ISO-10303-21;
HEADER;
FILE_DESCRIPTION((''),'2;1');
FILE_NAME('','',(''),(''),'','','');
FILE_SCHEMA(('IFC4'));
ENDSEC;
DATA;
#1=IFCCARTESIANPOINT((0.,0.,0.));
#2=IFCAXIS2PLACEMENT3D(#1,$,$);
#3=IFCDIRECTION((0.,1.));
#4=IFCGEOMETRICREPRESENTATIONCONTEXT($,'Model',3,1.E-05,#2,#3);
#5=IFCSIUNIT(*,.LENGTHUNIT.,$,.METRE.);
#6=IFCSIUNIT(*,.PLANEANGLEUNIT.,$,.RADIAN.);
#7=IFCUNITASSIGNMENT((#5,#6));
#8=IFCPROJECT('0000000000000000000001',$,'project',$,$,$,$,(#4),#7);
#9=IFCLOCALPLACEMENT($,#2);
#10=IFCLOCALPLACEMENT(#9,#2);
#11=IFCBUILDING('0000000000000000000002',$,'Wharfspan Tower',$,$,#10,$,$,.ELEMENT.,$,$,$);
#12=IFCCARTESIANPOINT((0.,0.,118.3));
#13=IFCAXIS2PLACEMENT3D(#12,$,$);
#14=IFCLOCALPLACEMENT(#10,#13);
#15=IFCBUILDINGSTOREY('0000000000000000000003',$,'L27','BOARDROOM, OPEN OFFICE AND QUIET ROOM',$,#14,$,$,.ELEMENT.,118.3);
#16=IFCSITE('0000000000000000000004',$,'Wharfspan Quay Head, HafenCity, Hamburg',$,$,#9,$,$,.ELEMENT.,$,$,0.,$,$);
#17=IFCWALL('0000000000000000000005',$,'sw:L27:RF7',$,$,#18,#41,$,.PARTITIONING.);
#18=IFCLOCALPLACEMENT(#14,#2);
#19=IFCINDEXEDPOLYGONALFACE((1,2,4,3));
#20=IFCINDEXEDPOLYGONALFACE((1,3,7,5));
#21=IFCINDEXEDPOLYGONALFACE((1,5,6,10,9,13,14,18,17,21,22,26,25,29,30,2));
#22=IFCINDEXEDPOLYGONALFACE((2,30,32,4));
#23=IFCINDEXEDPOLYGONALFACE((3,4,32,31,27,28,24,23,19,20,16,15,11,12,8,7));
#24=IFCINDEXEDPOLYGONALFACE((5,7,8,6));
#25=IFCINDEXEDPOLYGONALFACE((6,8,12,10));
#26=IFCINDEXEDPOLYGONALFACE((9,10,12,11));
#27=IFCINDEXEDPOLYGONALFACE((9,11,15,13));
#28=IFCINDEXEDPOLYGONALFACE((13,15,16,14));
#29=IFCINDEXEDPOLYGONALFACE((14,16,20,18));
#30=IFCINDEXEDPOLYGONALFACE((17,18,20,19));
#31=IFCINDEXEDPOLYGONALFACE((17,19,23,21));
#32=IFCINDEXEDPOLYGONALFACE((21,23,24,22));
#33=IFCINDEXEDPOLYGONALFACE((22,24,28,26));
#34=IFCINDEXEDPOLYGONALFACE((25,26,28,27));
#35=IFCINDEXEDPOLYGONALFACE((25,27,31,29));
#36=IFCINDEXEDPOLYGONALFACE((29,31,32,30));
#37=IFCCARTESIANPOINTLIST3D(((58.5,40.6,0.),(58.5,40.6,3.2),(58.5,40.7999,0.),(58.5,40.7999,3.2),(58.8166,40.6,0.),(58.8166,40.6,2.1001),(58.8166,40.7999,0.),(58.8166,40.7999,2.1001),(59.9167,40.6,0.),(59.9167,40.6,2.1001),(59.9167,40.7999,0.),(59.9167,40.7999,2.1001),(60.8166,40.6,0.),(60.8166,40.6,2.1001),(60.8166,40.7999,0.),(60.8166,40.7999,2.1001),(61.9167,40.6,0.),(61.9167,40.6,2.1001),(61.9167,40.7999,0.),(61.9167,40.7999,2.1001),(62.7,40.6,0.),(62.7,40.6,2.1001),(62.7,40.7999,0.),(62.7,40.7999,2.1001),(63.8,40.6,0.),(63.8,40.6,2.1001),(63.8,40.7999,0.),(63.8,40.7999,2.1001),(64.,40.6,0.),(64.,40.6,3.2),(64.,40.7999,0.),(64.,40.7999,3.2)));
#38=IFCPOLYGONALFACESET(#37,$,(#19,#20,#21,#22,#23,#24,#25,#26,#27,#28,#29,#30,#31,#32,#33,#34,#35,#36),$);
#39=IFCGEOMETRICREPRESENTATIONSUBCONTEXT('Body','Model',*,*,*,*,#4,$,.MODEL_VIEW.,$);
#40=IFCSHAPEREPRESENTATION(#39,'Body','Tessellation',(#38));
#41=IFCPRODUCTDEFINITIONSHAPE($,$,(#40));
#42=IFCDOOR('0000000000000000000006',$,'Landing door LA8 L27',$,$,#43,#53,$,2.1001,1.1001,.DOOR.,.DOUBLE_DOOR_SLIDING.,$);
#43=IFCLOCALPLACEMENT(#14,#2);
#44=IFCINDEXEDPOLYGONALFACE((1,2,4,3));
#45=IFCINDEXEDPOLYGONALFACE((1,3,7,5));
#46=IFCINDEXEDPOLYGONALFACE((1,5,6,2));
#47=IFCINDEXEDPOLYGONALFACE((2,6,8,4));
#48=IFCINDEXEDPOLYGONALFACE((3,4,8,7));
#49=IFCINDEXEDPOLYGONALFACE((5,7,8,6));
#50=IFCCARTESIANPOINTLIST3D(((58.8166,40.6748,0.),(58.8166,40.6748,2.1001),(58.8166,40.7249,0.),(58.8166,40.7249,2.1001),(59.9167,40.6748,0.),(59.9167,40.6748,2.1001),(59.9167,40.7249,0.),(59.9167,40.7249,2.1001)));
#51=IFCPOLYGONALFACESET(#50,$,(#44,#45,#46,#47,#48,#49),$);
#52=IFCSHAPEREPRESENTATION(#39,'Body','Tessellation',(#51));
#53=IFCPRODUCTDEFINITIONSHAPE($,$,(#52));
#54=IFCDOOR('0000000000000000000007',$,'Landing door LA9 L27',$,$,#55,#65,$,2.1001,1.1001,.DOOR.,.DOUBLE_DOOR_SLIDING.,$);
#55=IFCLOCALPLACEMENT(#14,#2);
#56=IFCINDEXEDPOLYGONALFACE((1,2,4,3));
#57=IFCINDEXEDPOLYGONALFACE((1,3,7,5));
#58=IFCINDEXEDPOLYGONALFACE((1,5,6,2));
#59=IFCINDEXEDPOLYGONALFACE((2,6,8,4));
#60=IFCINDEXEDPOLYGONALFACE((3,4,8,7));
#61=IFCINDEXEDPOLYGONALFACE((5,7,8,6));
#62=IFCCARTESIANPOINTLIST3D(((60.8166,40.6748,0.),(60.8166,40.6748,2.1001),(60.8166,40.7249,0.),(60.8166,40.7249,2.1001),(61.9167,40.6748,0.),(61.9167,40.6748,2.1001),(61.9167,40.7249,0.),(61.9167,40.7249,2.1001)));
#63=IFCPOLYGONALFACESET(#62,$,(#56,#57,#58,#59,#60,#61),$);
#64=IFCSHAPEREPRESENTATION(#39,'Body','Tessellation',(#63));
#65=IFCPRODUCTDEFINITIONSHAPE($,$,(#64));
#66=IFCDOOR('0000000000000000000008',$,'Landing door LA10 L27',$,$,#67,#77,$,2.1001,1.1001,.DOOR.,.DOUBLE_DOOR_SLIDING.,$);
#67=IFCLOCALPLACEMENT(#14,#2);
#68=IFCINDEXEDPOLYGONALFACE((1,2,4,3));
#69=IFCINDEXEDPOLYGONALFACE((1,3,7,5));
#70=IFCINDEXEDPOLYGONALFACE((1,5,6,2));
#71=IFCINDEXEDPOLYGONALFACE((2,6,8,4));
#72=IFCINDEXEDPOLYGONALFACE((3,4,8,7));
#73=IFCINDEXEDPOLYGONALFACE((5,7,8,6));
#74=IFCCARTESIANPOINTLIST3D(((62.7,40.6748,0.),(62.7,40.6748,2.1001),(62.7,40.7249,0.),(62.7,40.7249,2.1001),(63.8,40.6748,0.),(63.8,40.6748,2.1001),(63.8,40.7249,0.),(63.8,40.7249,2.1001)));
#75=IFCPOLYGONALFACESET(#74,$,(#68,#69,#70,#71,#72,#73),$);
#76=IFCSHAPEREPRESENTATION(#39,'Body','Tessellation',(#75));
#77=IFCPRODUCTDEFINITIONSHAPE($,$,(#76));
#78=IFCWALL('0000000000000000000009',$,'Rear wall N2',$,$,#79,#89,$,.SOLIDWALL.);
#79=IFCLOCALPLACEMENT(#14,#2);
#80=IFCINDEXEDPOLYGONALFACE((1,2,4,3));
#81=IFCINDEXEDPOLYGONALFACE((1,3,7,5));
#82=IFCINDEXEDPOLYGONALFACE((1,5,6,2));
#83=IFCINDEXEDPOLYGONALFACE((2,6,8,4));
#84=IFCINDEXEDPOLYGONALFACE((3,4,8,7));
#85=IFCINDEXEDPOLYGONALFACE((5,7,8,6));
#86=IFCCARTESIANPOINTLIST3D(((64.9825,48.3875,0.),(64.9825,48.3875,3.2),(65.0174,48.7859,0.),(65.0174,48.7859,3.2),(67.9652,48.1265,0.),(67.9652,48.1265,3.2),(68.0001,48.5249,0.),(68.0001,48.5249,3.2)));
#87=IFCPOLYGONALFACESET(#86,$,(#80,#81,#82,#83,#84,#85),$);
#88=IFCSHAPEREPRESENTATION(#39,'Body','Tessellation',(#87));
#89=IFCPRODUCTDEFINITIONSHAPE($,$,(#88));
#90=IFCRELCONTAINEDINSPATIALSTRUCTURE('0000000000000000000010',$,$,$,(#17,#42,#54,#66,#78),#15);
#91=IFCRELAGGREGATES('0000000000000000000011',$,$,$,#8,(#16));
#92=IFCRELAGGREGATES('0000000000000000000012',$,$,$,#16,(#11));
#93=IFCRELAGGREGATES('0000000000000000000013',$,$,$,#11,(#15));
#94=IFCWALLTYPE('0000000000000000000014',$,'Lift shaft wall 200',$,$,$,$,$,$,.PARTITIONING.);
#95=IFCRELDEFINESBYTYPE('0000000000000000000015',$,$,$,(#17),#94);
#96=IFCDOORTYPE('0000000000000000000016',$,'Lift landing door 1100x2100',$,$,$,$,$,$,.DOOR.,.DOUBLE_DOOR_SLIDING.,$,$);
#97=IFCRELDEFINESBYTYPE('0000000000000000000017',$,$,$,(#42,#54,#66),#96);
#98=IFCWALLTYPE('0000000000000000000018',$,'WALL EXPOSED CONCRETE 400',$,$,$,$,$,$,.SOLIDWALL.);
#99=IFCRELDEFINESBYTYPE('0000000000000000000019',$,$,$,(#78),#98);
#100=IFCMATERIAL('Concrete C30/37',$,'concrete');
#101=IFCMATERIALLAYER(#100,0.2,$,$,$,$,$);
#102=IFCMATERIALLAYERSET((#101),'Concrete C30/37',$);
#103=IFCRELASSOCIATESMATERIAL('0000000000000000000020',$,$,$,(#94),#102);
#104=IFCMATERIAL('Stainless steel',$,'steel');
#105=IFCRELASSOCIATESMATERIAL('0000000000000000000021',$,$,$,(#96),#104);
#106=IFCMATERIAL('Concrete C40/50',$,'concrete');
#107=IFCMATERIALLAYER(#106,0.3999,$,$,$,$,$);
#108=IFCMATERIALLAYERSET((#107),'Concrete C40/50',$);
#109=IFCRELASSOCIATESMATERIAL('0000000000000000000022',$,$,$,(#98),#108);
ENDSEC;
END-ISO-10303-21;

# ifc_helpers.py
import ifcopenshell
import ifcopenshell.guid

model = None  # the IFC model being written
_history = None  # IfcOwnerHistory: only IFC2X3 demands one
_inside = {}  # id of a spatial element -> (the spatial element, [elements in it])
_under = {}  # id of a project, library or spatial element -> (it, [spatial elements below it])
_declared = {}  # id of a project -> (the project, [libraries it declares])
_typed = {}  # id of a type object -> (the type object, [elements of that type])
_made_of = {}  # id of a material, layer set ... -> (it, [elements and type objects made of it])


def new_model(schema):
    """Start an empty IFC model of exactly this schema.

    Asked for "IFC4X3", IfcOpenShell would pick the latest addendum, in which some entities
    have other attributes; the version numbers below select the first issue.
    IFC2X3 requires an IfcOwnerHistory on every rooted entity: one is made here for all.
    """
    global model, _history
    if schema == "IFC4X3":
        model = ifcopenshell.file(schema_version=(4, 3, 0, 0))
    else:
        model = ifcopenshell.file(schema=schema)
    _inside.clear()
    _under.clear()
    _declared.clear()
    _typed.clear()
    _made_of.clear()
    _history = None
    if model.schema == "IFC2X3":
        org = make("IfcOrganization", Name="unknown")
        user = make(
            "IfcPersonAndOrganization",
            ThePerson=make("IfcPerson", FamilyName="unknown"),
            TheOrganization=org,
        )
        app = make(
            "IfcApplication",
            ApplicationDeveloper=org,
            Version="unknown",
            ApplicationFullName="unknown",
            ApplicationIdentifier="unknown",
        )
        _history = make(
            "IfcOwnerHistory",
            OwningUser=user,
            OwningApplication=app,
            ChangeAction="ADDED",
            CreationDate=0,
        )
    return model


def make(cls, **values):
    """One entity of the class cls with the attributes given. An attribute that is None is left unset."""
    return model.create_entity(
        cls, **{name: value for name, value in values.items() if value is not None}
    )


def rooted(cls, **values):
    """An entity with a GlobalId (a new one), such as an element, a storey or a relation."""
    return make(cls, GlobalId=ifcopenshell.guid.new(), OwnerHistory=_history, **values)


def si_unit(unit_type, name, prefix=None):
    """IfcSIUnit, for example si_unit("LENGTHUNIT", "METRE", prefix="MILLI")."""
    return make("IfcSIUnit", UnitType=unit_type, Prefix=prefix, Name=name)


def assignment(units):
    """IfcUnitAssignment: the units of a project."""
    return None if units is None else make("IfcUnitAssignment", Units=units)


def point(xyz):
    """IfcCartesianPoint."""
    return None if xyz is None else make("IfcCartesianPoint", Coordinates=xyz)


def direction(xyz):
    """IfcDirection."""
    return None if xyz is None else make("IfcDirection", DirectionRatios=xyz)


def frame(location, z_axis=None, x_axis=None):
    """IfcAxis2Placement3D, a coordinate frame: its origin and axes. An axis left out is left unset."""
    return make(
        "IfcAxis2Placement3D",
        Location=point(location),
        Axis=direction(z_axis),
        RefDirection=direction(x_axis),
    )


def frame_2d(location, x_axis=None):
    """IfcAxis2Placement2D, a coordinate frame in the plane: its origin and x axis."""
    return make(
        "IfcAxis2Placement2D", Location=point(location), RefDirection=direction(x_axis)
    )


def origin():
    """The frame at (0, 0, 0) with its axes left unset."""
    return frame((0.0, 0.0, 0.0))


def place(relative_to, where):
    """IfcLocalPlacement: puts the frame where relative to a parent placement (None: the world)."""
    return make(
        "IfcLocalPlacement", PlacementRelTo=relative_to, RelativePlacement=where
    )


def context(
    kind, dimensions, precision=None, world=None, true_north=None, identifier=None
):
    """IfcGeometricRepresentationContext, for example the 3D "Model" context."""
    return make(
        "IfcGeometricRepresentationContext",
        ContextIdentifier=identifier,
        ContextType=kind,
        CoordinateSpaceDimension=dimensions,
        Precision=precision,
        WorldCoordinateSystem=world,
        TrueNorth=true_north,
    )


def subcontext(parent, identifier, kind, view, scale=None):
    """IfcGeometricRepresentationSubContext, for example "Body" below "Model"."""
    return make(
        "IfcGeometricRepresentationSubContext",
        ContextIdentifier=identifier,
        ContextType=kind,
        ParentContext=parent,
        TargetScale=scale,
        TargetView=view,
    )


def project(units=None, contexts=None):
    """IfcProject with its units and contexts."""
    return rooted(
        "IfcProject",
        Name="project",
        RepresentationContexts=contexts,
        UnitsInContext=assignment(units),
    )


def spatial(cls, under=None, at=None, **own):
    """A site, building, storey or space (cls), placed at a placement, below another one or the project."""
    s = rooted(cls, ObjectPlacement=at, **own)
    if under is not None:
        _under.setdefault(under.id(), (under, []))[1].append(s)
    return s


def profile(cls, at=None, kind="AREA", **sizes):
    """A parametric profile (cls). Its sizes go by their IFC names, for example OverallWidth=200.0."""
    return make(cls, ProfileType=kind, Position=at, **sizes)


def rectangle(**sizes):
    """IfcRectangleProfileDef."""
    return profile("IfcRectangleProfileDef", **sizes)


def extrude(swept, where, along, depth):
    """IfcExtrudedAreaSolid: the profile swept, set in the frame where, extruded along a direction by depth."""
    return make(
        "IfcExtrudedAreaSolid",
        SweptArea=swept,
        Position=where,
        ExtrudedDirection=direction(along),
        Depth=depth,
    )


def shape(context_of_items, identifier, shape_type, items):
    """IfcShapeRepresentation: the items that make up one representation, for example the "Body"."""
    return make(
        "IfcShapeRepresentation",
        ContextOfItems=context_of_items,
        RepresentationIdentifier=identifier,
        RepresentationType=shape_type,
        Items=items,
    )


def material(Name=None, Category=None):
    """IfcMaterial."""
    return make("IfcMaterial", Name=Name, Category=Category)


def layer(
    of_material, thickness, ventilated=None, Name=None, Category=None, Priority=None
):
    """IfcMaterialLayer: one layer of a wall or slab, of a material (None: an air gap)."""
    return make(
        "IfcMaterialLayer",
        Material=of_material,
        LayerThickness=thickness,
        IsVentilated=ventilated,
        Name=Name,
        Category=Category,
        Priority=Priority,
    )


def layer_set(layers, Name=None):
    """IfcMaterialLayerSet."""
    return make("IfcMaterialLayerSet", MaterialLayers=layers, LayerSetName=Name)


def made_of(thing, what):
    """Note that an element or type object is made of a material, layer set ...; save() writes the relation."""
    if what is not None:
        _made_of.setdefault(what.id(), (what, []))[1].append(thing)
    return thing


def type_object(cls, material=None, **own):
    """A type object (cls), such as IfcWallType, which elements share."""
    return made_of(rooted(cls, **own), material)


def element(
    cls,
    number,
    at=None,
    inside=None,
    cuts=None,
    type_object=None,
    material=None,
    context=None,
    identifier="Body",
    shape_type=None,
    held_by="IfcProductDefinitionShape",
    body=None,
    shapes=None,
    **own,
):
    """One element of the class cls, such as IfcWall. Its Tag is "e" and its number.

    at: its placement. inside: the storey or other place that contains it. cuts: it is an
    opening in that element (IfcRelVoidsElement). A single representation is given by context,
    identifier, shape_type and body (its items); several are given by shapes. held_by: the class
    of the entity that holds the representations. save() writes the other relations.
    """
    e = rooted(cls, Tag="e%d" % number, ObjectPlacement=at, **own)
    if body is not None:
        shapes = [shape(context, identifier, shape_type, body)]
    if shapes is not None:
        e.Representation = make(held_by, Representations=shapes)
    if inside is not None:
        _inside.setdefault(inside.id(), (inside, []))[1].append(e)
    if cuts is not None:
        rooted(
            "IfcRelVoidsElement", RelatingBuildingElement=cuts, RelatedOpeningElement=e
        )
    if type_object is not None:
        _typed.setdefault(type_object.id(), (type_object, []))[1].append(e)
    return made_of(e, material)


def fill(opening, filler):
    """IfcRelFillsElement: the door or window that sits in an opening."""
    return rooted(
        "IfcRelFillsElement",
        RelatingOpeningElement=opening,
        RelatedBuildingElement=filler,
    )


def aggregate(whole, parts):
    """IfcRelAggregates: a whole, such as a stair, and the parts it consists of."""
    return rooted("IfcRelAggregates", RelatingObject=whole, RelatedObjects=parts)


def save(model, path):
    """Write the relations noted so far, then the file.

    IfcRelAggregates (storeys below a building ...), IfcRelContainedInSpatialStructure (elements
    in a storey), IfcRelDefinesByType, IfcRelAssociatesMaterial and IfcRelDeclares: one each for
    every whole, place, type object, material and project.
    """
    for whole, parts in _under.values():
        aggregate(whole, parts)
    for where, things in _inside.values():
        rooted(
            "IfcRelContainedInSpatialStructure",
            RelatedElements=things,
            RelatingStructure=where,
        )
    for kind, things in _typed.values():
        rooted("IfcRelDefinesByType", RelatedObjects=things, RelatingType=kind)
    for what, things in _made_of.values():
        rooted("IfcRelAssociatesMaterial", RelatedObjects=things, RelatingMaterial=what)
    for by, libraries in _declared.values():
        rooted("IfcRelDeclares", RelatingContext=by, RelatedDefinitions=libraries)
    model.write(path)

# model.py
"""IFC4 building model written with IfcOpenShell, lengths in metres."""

from ifc_helpers import new_model, si_unit, direction, frame, frame_2d, origin, place, context, subcontext, project, spatial, rectangle, extrude, material, layer, layer_set, type_object, element, fill, save


model = new_model("IFC4")

# Units and contexts
model_context = context("Model", 3, precision=1e-05, world=origin(), true_north=direction((0.0, 1.0)))
body_context = subcontext(model_context, "Body", "Model", "MODEL_VIEW")
ifc_project = project(units=[si_unit("LENGTHUNIT", "METRE"), si_unit("PLANEANGLEUNIT", "RADIAN")], contexts=[model_context])

# Site, building, storey
site_placement = place(None, origin())
site = spatial("IfcSite", under=ifc_project, at=site_placement, Name="Wharfspan Quay Head, HafenCity, Hamburg", CompositionType="ELEMENT", RefElevation=0.0)
building_placement = place(site_placement, origin())
building = spatial("IfcBuilding", under=site, at=building_placement, Name="Wharfspan Tower", CompositionType="ELEMENT")
storey_placement = place(building_placement, frame((0.0, 0.0, 118.3)))
storey = spatial("IfcBuildingStorey", under=building, at=storey_placement, Name="L27", Description="BOARDROOM, OPEN OFFICE AND QUIET ROOM", CompositionType="ELEMENT", Elevation=118.3)

# Shared definitions
ifc_material_1 = material(Name="Concrete C30/37", Category="concrete")
ifc_layer_1 = layer(ifc_material_1, 0.2)
ifc_layer_set_1 = layer_set([ifc_layer_1], Name="Concrete C30/37")
wall_type_1 = type_object("IfcWallType", Name="Lift shaft wall 200", PredefinedType="PARTITIONING", material=ifc_layer_set_1)

# Wall, openings, doors
wall_1_placement = place(storey_placement, frame((58.5, 40.7, 0.0), z_axis=(0.0, 0.0, 1.0), x_axis=(1.0, 0.0, 0.0)))
wall_1 = element("IfcWall", 1, at=wall_1_placement, inside=storey, type_object=wall_type_1, Name="sw:L27:RF7", PredefinedType="PARTITIONING", context=body_context, shape_type="SweptSolid", body=[
    extrude(rectangle(XDim=5.5, YDim=0.2, at=frame_2d((2.75, 0.0))), origin(), (0.0, 0.0, 1.0), 3.2),
])
opening_1_placement = place(wall_1_placement, frame((0.3166, 0.0, 0.0)))
opening_1 = element("IfcOpeningElement", 2, at=opening_1_placement, cuts=wall_1, PredefinedType="OPENING", context=body_context, shape_type="SweptSolid", body=[
    extrude(rectangle(XDim=1.1001, YDim=2.1001, at=frame_2d((0.55, 1.05))), frame((0.0, 0.1099, 0.0), z_axis=(0.0, -1.0, 0.0), x_axis=(1.0, 0.0, 0.0)), (0.0, 0.0, 1.0), 0.22),
])
opening_2_placement = place(wall_1_placement, frame((2.3167, 0.0, 0.0)))
opening_2 = element("IfcOpeningElement", 3, at=opening_2_placement, cuts=wall_1, PredefinedType="OPENING", context=body_context, shape_type="SweptSolid", body=[
    extrude(rectangle(XDim=1.1001, YDim=2.1001, at=frame_2d((0.55, 1.05))), frame((0.0, 0.1099, 0.0), z_axis=(0.0, -1.0, 0.0), x_axis=(1.0, 0.0, 0.0)), (0.0, 0.0, 1.0), 0.22),
])
opening_3_placement = place(wall_1_placement, frame((4.2, 0.0, 0.0)))
opening_3 = element("IfcOpeningElement", 4, at=opening_3_placement, cuts=wall_1, PredefinedType="OPENING", context=body_context, shape_type="SweptSolid", body=[
    extrude(rectangle(XDim=1.1001, YDim=2.1001, at=frame_2d((0.55, 1.05))), frame((0.0, 0.1099, 0.0), z_axis=(0.0, -1.0, 0.0), x_axis=(1.0, 0.0, 0.0)), (0.0, 0.0, 1.0), 0.22),
])
ifc_material_2 = material(Name="Stainless steel", Category="steel")
door_type_1 = type_object("IfcDoorType", Name="Lift landing door 1100x2100", OperationType="DOUBLE_DOOR_SLIDING", PredefinedType="DOOR", material=ifc_material_2)
door_1_placement = place(opening_1_placement, origin())
door_1 = element("IfcDoor", 5, at=door_1_placement, inside=storey, type_object=door_type_1, Name="Landing door LA8 L27", OperationType="DOUBLE_DOOR_SLIDING", OverallHeight=2.1001, OverallWidth=1.1001, PredefinedType="DOOR", context=body_context, shape_type="SweptSolid", body=[
    extrude(rectangle(XDim=1.1001, YDim=2.1001, at=frame_2d((0.55, 1.05))), frame((0.0, 0.0249, 0.0), z_axis=(0.0, -1.0, 0.0), x_axis=(1.0, 0.0, 0.0)), (0.0, 0.0, 1.0), 0.05),
])
fill(opening_1, door_1)
door_2_placement = place(opening_2_placement, origin())
door_2 = element("IfcDoor", 6, at=door_2_placement, inside=storey, type_object=door_type_1, Name="Landing door LA9 L27", OperationType="DOUBLE_DOOR_SLIDING", OverallHeight=2.1001, OverallWidth=1.1001, PredefinedType="DOOR", context=body_context, shape_type="SweptSolid", body=[
    extrude(rectangle(XDim=1.1001, YDim=2.1001, at=frame_2d((0.55, 1.05))), frame((0.0, 0.0249, 0.0), z_axis=(0.0, -1.0, 0.0), x_axis=(1.0, 0.0, 0.0)), (0.0, 0.0, 1.0), 0.05),
])
fill(opening_2, door_2)
door_3_placement = place(opening_3_placement, origin())
door_3 = element("IfcDoor", 7, at=door_3_placement, inside=storey, type_object=door_type_1, Name="Landing door LA10 L27", OperationType="DOUBLE_DOOR_SLIDING", OverallHeight=2.1001, OverallWidth=1.1001, PredefinedType="DOOR", context=body_context, shape_type="SweptSolid", body=[
    extrude(rectangle(XDim=1.1001, YDim=2.1001, at=frame_2d((0.55, 1.05))), frame((0.0, 0.0249, 0.0), z_axis=(0.0, -1.0, 0.0), x_axis=(1.0, 0.0, 0.0)), (0.0, 0.0, 1.0), 0.05),
])
fill(opening_3, door_3)

# Wall
ifc_material_3 = material(Name="Concrete C40/50", Category="concrete")
ifc_layer_2 = layer(ifc_material_3, 0.3999)
ifc_layer_set_2 = layer_set([ifc_layer_2], Name="Concrete C40/50")
wall_type_2 = type_object("IfcWallType", Name="WALL EXPOSED CONCRETE 400", PredefinedType="SOLIDWALL", material=ifc_layer_set_2)
wall_2_placement = place(storey_placement, frame((67.9827, 48.3257, 0.0), z_axis=(0.0, 0.0, 1.0), x_axis=(-0.996194, 0.087168, 0.0)))
element("IfcWall", 8, at=wall_2_placement, inside=storey, type_object=wall_type_2, Name="Rear wall N2", PredefinedType="SOLIDWALL", context=body_context, shape_type="SweptSolid", body=[
    extrude(rectangle(XDim=2.9941, YDim=0.3999, at=frame_2d((1.4971, 0.0))), origin(), (0.0, 0.0, 1.0), 3.2),
])

save(model, "model.ifc")
